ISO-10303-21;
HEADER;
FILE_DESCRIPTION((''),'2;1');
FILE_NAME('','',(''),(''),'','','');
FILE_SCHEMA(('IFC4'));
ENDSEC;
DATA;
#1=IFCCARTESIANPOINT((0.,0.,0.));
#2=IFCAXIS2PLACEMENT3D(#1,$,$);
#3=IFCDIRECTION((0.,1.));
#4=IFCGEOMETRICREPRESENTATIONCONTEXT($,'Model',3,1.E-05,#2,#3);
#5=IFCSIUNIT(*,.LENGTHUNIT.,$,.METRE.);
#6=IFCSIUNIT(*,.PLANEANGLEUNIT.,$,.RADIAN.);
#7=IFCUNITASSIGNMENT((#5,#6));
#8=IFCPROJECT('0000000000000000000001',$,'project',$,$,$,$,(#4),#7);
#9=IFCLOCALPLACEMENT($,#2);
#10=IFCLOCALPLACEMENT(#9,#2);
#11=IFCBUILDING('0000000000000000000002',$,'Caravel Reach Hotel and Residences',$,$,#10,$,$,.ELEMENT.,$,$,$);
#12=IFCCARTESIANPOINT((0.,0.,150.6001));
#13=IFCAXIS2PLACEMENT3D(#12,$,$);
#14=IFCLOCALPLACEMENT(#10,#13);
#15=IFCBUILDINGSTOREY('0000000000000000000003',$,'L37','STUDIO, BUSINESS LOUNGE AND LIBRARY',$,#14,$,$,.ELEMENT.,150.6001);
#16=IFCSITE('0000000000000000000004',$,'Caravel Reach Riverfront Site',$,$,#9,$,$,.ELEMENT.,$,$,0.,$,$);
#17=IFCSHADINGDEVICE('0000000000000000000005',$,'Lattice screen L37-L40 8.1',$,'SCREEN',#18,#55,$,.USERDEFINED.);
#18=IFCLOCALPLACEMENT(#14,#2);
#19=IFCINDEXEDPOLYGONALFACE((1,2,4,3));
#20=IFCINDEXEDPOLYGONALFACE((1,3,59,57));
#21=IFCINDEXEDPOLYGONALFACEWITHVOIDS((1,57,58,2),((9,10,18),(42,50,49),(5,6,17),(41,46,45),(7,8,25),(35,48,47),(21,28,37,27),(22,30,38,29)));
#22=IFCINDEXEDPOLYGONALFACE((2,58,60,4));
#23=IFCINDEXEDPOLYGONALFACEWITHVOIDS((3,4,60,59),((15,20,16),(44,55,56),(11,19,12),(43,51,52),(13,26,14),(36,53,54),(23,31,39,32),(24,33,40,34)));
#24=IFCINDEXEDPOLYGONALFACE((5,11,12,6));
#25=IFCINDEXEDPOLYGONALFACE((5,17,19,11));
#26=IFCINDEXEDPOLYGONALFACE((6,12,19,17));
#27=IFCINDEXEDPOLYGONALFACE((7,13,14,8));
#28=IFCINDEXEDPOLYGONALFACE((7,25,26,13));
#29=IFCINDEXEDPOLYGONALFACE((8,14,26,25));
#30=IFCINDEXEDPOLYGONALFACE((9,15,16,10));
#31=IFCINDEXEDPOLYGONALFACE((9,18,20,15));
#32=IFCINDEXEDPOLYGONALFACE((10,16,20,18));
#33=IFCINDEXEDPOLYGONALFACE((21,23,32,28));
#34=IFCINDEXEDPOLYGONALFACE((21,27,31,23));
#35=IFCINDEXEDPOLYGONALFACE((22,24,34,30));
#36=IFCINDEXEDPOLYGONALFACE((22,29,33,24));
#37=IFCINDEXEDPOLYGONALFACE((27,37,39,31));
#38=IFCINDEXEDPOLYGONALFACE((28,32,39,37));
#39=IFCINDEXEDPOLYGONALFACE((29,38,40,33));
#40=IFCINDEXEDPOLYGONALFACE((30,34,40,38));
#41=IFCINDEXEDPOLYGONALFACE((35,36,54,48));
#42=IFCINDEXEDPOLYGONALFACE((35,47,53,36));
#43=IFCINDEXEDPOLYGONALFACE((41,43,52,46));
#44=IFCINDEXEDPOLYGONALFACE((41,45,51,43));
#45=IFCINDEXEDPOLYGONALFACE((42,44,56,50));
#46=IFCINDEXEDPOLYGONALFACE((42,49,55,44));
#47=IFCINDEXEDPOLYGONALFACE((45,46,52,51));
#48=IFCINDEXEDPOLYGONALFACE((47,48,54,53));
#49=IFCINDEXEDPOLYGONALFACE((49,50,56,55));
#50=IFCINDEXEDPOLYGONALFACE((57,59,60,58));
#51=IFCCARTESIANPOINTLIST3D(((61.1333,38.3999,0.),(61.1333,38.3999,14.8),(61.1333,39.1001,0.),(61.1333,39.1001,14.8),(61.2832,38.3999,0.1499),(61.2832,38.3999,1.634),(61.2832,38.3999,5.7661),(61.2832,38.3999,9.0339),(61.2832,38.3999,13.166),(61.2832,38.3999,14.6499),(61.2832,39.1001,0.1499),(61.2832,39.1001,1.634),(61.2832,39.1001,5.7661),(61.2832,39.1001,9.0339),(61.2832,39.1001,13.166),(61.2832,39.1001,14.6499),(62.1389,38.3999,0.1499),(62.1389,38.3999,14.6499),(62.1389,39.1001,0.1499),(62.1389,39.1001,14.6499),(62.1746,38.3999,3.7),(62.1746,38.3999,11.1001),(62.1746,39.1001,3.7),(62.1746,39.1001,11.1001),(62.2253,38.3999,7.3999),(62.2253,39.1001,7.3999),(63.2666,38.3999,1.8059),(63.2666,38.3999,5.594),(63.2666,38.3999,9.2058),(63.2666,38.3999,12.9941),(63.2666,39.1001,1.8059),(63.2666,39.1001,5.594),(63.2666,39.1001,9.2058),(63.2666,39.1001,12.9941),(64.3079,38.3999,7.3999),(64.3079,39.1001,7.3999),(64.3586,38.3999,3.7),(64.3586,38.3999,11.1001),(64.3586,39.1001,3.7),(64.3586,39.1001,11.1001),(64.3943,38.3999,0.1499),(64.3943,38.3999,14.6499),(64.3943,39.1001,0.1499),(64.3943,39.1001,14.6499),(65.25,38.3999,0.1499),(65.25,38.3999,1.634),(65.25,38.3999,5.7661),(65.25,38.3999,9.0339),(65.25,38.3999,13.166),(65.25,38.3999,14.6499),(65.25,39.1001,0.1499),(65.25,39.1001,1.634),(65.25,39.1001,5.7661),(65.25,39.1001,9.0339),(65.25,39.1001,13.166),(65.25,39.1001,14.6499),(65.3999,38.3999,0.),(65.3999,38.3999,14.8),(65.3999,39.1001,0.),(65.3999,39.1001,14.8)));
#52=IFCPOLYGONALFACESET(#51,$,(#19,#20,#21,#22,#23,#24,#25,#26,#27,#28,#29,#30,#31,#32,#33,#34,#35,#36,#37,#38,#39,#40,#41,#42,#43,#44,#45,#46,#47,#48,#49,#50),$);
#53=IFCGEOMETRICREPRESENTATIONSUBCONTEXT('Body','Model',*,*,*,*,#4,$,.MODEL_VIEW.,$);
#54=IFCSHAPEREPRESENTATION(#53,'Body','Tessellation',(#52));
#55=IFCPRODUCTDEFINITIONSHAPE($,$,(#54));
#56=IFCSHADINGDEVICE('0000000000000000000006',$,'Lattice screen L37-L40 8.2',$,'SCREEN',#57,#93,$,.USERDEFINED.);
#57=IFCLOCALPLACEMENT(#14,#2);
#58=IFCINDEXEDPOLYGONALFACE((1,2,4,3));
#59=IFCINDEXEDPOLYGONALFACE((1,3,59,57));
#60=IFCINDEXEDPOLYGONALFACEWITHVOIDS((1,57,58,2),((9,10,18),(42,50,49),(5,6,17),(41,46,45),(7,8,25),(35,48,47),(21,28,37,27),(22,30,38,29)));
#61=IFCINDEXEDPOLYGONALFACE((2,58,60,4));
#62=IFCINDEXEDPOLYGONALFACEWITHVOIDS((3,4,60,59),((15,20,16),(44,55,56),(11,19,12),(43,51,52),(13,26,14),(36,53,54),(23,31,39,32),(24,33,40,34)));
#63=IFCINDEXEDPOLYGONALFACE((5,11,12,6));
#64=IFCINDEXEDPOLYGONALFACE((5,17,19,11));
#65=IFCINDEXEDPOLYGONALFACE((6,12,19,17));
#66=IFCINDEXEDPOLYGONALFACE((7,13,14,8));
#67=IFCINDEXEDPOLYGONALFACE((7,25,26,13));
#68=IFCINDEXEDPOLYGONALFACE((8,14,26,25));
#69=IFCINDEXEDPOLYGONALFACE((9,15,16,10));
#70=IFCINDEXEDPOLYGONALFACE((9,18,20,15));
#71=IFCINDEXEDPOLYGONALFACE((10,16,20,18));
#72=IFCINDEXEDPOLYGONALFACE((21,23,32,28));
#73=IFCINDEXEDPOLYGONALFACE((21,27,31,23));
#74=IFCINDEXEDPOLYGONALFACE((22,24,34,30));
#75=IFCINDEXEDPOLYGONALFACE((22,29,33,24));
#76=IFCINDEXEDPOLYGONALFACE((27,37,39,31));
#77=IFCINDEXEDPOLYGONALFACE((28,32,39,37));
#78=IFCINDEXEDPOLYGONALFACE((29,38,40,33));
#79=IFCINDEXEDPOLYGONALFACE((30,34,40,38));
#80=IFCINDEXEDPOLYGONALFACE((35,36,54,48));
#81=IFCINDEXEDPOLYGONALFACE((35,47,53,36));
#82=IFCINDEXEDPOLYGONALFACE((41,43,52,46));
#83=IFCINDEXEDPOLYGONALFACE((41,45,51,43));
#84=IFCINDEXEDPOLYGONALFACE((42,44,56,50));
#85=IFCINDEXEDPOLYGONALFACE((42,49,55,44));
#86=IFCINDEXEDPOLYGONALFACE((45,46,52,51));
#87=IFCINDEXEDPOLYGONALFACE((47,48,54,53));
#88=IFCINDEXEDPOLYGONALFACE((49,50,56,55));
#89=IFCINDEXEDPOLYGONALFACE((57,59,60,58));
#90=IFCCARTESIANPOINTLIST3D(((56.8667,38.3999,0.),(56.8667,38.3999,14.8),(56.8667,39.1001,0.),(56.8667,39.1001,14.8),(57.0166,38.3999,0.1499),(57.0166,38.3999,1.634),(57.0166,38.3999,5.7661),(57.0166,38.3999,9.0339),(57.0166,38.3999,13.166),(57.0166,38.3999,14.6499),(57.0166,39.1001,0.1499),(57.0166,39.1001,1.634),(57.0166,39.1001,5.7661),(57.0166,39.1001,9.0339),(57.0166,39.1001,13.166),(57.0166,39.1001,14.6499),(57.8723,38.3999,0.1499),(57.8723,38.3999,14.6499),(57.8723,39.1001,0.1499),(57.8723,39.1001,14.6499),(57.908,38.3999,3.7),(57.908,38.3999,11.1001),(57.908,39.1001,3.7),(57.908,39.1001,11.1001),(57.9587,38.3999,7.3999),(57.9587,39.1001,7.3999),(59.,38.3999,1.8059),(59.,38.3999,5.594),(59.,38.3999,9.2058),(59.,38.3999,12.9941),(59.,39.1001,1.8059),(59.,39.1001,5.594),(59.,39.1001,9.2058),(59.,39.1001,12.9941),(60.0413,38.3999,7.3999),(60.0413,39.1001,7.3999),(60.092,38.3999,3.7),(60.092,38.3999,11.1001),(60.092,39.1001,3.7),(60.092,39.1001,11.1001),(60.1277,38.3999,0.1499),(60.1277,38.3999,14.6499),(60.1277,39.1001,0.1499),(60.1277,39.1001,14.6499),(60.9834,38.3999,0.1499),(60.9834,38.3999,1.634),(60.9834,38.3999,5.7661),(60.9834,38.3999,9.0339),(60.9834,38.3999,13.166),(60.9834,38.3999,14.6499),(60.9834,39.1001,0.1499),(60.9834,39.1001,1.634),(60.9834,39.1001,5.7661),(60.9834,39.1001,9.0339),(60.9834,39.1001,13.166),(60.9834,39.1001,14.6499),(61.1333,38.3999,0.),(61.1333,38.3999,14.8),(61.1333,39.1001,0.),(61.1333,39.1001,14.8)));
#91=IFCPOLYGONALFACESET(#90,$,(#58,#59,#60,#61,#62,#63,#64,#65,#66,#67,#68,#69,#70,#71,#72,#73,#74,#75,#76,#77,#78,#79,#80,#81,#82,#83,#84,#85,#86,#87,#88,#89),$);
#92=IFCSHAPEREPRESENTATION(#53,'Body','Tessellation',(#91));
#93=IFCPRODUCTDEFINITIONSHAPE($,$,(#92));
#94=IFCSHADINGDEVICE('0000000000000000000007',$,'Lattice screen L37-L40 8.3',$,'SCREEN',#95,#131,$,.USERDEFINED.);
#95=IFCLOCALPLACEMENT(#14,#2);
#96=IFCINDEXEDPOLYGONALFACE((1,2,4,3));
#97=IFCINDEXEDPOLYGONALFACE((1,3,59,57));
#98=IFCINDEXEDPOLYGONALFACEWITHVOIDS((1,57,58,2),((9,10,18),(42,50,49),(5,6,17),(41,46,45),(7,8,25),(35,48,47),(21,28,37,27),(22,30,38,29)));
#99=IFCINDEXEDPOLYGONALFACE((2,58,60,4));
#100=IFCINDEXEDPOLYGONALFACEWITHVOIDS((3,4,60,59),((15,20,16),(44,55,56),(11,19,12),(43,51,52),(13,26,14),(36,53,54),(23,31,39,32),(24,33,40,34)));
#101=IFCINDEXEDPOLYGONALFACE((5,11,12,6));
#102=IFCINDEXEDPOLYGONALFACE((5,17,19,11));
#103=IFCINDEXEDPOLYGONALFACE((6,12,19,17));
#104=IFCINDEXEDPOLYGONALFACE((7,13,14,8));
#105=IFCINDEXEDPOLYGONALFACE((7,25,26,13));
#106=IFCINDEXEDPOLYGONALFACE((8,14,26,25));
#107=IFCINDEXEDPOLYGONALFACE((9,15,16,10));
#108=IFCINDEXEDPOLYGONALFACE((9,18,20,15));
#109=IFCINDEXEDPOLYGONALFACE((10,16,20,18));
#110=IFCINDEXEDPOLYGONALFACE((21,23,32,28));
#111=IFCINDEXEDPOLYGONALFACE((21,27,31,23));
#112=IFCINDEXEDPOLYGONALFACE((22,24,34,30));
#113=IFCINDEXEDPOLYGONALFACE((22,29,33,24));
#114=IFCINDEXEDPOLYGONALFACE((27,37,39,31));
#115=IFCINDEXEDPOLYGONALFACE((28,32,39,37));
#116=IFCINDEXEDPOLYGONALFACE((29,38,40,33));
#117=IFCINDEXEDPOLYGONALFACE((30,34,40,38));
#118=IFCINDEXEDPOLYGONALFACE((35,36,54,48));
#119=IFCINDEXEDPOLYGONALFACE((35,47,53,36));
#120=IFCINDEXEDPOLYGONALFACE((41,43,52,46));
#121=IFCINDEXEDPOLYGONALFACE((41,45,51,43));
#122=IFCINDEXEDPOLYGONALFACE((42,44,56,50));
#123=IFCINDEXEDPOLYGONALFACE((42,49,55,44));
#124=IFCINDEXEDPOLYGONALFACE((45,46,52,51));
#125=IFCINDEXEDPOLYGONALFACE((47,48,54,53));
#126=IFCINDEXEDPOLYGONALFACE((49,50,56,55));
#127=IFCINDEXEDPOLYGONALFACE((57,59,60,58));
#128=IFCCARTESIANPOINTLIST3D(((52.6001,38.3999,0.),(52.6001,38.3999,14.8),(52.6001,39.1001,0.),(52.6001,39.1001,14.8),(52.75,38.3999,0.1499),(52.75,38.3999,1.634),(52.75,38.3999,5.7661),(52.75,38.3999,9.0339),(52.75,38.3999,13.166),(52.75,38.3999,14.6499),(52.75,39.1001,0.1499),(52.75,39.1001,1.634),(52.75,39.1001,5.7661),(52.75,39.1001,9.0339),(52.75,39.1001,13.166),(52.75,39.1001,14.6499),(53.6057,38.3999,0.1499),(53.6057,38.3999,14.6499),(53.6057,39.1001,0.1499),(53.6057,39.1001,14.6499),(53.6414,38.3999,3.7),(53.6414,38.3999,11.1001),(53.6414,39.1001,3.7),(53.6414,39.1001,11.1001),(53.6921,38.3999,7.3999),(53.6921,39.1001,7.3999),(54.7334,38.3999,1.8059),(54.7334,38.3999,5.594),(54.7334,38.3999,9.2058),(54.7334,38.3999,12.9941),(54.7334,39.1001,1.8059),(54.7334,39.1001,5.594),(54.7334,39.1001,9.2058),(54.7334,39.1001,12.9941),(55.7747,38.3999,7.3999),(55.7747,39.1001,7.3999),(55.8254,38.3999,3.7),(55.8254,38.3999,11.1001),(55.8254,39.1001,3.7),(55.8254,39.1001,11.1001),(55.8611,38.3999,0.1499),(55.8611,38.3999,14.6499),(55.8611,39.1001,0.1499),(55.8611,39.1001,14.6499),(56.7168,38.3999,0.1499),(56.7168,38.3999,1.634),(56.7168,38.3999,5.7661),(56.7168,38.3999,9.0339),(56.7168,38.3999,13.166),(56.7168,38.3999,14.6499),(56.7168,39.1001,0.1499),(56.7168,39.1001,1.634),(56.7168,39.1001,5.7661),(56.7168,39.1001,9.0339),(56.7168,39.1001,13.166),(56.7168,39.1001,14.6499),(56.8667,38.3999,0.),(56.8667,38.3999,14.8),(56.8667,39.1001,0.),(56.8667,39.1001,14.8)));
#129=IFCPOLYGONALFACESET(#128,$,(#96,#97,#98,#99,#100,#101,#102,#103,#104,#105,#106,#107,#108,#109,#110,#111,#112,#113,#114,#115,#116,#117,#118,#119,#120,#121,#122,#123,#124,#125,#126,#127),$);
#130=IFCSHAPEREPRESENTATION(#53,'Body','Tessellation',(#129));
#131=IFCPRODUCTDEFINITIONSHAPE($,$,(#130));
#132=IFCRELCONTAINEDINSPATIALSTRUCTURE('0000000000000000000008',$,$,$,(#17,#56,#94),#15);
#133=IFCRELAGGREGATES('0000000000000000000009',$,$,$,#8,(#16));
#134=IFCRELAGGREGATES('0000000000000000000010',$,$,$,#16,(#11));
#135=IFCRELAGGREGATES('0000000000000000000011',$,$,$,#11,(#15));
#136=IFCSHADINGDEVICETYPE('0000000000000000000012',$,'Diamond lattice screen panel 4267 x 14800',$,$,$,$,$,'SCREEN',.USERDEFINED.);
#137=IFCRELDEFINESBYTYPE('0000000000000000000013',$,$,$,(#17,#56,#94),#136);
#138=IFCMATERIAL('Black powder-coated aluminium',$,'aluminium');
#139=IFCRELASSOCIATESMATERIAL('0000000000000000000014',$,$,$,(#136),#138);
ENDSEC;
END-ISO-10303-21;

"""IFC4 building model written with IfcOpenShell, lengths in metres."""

from ifc_helpers import new_model, si_unit, direction, frame, origin, place, context, subcontext, project, spatial, polyline, outline, extrude, material, type_object, element, save


model = new_model("IFC4")

# Units and contexts
model_context = context("Model", 3, precision=1e-05, world=origin(), true_north=direction((0.0, 1.0)))
body_context = subcontext(model_context, "Body", "Model", "MODEL_VIEW")
ifc_project = project(units=[si_unit("LENGTHUNIT", "METRE"), si_unit("PLANEANGLEUNIT", "RADIAN")], contexts=[model_context])

# Site, building, storey
site_placement = place(None, origin())
site = spatial("IfcSite", under=ifc_project, at=site_placement, Name="Caravel Reach Riverfront Site", CompositionType="ELEMENT", RefElevation=0.0)
building_placement = place(site_placement, origin())
building = spatial("IfcBuilding", under=site, at=building_placement, Name="Caravel Reach Hotel and Residences", CompositionType="ELEMENT")
storey_placement = place(building_placement, frame((0.0, 0.0, 150.6001)))
storey = spatial("IfcBuildingStorey", under=building, at=storey_placement, Name="L37", Description="STUDIO, BUSINESS LOUNGE AND LIBRARY", CompositionType="ELEMENT", Elevation=150.6001)

# Shading devices
ifc_material_1 = material(Name="Black powder-coated aluminium", Category="aluminium")
shading_device_type_1 = type_object("IfcShadingDeviceType", Name="Diamond lattice screen panel 4267 x 14800", ElementType="SCREEN", PredefinedType="USERDEFINED", material=ifc_material_1)
for number, where, z_axis, x_axis, name in (
    (1, (65.3999, 38.3999, 0.0), (0.0, 1.0, 0.0), (-1.0, 0.0, 0.0), "Lattice screen L37-L40 8.1"),
    (2, (61.1333, 38.3999, 0.0), (0.0, 1.0, 0.0), (-1.0, 0.0, 0.0), "Lattice screen L37-L40 8.2"),
    (3, (56.8667, 38.3999, 0.0), (0.0, 1.0, 0.0), (-1.0, 0.0, 0.0), "Lattice screen L37-L40 8.3"),
):
    element("IfcShadingDevice", number, at=place(storey_placement, frame(where, z_axis=z_axis, x_axis=x_axis)), inside=storey, type_object=shading_device_type_1, Name=name, ObjectType="SCREEN", PredefinedType="USERDEFINED", context=body_context, shape_type="SweptSolid", body=[
        extrude(outline(polyline([(0.0, 0.0), (4.2666, 0.0), (4.2666, 14.8), (0.0, 14.8), (0.0, 0.0)]), holes=[polyline([(1.0056, 0.1499), (0.1499, 1.634), (0.1499, 0.1499), (1.0056, 0.1499)]), polyline([(1.092, 7.3999), (0.1499, 9.0339), (0.1499, 5.7661), (1.092, 7.3999)]), polyline([(0.1499, 13.166), (1.0056, 14.6499), (0.1499, 14.6499), (0.1499, 13.166)]), polyline([(2.1333, 5.594), (1.0413, 3.7), (2.1333, 1.8059), (3.2253, 3.7), (2.1333, 5.594)]), polyline([(2.1333, 12.9941), (1.0413, 11.1001), (2.1333, 9.2058), (3.2253, 11.1001), (2.1333, 12.9941)]), polyline([(4.1167, 1.634), (3.261, 0.1499), (4.1167, 0.1499), (4.1167, 1.634)]), polyline([(3.1746, 7.3999), (4.1167, 5.7661), (4.1167, 9.0339), (3.1746, 7.3999)]), polyline([(3.261, 14.6499), (4.1167, 13.166), (4.1167, 14.6499), (3.261, 14.6499)])]), origin(), (0.0, 0.0, 1.0), 0.7002),
    ])

save(model, "model.ifc")
